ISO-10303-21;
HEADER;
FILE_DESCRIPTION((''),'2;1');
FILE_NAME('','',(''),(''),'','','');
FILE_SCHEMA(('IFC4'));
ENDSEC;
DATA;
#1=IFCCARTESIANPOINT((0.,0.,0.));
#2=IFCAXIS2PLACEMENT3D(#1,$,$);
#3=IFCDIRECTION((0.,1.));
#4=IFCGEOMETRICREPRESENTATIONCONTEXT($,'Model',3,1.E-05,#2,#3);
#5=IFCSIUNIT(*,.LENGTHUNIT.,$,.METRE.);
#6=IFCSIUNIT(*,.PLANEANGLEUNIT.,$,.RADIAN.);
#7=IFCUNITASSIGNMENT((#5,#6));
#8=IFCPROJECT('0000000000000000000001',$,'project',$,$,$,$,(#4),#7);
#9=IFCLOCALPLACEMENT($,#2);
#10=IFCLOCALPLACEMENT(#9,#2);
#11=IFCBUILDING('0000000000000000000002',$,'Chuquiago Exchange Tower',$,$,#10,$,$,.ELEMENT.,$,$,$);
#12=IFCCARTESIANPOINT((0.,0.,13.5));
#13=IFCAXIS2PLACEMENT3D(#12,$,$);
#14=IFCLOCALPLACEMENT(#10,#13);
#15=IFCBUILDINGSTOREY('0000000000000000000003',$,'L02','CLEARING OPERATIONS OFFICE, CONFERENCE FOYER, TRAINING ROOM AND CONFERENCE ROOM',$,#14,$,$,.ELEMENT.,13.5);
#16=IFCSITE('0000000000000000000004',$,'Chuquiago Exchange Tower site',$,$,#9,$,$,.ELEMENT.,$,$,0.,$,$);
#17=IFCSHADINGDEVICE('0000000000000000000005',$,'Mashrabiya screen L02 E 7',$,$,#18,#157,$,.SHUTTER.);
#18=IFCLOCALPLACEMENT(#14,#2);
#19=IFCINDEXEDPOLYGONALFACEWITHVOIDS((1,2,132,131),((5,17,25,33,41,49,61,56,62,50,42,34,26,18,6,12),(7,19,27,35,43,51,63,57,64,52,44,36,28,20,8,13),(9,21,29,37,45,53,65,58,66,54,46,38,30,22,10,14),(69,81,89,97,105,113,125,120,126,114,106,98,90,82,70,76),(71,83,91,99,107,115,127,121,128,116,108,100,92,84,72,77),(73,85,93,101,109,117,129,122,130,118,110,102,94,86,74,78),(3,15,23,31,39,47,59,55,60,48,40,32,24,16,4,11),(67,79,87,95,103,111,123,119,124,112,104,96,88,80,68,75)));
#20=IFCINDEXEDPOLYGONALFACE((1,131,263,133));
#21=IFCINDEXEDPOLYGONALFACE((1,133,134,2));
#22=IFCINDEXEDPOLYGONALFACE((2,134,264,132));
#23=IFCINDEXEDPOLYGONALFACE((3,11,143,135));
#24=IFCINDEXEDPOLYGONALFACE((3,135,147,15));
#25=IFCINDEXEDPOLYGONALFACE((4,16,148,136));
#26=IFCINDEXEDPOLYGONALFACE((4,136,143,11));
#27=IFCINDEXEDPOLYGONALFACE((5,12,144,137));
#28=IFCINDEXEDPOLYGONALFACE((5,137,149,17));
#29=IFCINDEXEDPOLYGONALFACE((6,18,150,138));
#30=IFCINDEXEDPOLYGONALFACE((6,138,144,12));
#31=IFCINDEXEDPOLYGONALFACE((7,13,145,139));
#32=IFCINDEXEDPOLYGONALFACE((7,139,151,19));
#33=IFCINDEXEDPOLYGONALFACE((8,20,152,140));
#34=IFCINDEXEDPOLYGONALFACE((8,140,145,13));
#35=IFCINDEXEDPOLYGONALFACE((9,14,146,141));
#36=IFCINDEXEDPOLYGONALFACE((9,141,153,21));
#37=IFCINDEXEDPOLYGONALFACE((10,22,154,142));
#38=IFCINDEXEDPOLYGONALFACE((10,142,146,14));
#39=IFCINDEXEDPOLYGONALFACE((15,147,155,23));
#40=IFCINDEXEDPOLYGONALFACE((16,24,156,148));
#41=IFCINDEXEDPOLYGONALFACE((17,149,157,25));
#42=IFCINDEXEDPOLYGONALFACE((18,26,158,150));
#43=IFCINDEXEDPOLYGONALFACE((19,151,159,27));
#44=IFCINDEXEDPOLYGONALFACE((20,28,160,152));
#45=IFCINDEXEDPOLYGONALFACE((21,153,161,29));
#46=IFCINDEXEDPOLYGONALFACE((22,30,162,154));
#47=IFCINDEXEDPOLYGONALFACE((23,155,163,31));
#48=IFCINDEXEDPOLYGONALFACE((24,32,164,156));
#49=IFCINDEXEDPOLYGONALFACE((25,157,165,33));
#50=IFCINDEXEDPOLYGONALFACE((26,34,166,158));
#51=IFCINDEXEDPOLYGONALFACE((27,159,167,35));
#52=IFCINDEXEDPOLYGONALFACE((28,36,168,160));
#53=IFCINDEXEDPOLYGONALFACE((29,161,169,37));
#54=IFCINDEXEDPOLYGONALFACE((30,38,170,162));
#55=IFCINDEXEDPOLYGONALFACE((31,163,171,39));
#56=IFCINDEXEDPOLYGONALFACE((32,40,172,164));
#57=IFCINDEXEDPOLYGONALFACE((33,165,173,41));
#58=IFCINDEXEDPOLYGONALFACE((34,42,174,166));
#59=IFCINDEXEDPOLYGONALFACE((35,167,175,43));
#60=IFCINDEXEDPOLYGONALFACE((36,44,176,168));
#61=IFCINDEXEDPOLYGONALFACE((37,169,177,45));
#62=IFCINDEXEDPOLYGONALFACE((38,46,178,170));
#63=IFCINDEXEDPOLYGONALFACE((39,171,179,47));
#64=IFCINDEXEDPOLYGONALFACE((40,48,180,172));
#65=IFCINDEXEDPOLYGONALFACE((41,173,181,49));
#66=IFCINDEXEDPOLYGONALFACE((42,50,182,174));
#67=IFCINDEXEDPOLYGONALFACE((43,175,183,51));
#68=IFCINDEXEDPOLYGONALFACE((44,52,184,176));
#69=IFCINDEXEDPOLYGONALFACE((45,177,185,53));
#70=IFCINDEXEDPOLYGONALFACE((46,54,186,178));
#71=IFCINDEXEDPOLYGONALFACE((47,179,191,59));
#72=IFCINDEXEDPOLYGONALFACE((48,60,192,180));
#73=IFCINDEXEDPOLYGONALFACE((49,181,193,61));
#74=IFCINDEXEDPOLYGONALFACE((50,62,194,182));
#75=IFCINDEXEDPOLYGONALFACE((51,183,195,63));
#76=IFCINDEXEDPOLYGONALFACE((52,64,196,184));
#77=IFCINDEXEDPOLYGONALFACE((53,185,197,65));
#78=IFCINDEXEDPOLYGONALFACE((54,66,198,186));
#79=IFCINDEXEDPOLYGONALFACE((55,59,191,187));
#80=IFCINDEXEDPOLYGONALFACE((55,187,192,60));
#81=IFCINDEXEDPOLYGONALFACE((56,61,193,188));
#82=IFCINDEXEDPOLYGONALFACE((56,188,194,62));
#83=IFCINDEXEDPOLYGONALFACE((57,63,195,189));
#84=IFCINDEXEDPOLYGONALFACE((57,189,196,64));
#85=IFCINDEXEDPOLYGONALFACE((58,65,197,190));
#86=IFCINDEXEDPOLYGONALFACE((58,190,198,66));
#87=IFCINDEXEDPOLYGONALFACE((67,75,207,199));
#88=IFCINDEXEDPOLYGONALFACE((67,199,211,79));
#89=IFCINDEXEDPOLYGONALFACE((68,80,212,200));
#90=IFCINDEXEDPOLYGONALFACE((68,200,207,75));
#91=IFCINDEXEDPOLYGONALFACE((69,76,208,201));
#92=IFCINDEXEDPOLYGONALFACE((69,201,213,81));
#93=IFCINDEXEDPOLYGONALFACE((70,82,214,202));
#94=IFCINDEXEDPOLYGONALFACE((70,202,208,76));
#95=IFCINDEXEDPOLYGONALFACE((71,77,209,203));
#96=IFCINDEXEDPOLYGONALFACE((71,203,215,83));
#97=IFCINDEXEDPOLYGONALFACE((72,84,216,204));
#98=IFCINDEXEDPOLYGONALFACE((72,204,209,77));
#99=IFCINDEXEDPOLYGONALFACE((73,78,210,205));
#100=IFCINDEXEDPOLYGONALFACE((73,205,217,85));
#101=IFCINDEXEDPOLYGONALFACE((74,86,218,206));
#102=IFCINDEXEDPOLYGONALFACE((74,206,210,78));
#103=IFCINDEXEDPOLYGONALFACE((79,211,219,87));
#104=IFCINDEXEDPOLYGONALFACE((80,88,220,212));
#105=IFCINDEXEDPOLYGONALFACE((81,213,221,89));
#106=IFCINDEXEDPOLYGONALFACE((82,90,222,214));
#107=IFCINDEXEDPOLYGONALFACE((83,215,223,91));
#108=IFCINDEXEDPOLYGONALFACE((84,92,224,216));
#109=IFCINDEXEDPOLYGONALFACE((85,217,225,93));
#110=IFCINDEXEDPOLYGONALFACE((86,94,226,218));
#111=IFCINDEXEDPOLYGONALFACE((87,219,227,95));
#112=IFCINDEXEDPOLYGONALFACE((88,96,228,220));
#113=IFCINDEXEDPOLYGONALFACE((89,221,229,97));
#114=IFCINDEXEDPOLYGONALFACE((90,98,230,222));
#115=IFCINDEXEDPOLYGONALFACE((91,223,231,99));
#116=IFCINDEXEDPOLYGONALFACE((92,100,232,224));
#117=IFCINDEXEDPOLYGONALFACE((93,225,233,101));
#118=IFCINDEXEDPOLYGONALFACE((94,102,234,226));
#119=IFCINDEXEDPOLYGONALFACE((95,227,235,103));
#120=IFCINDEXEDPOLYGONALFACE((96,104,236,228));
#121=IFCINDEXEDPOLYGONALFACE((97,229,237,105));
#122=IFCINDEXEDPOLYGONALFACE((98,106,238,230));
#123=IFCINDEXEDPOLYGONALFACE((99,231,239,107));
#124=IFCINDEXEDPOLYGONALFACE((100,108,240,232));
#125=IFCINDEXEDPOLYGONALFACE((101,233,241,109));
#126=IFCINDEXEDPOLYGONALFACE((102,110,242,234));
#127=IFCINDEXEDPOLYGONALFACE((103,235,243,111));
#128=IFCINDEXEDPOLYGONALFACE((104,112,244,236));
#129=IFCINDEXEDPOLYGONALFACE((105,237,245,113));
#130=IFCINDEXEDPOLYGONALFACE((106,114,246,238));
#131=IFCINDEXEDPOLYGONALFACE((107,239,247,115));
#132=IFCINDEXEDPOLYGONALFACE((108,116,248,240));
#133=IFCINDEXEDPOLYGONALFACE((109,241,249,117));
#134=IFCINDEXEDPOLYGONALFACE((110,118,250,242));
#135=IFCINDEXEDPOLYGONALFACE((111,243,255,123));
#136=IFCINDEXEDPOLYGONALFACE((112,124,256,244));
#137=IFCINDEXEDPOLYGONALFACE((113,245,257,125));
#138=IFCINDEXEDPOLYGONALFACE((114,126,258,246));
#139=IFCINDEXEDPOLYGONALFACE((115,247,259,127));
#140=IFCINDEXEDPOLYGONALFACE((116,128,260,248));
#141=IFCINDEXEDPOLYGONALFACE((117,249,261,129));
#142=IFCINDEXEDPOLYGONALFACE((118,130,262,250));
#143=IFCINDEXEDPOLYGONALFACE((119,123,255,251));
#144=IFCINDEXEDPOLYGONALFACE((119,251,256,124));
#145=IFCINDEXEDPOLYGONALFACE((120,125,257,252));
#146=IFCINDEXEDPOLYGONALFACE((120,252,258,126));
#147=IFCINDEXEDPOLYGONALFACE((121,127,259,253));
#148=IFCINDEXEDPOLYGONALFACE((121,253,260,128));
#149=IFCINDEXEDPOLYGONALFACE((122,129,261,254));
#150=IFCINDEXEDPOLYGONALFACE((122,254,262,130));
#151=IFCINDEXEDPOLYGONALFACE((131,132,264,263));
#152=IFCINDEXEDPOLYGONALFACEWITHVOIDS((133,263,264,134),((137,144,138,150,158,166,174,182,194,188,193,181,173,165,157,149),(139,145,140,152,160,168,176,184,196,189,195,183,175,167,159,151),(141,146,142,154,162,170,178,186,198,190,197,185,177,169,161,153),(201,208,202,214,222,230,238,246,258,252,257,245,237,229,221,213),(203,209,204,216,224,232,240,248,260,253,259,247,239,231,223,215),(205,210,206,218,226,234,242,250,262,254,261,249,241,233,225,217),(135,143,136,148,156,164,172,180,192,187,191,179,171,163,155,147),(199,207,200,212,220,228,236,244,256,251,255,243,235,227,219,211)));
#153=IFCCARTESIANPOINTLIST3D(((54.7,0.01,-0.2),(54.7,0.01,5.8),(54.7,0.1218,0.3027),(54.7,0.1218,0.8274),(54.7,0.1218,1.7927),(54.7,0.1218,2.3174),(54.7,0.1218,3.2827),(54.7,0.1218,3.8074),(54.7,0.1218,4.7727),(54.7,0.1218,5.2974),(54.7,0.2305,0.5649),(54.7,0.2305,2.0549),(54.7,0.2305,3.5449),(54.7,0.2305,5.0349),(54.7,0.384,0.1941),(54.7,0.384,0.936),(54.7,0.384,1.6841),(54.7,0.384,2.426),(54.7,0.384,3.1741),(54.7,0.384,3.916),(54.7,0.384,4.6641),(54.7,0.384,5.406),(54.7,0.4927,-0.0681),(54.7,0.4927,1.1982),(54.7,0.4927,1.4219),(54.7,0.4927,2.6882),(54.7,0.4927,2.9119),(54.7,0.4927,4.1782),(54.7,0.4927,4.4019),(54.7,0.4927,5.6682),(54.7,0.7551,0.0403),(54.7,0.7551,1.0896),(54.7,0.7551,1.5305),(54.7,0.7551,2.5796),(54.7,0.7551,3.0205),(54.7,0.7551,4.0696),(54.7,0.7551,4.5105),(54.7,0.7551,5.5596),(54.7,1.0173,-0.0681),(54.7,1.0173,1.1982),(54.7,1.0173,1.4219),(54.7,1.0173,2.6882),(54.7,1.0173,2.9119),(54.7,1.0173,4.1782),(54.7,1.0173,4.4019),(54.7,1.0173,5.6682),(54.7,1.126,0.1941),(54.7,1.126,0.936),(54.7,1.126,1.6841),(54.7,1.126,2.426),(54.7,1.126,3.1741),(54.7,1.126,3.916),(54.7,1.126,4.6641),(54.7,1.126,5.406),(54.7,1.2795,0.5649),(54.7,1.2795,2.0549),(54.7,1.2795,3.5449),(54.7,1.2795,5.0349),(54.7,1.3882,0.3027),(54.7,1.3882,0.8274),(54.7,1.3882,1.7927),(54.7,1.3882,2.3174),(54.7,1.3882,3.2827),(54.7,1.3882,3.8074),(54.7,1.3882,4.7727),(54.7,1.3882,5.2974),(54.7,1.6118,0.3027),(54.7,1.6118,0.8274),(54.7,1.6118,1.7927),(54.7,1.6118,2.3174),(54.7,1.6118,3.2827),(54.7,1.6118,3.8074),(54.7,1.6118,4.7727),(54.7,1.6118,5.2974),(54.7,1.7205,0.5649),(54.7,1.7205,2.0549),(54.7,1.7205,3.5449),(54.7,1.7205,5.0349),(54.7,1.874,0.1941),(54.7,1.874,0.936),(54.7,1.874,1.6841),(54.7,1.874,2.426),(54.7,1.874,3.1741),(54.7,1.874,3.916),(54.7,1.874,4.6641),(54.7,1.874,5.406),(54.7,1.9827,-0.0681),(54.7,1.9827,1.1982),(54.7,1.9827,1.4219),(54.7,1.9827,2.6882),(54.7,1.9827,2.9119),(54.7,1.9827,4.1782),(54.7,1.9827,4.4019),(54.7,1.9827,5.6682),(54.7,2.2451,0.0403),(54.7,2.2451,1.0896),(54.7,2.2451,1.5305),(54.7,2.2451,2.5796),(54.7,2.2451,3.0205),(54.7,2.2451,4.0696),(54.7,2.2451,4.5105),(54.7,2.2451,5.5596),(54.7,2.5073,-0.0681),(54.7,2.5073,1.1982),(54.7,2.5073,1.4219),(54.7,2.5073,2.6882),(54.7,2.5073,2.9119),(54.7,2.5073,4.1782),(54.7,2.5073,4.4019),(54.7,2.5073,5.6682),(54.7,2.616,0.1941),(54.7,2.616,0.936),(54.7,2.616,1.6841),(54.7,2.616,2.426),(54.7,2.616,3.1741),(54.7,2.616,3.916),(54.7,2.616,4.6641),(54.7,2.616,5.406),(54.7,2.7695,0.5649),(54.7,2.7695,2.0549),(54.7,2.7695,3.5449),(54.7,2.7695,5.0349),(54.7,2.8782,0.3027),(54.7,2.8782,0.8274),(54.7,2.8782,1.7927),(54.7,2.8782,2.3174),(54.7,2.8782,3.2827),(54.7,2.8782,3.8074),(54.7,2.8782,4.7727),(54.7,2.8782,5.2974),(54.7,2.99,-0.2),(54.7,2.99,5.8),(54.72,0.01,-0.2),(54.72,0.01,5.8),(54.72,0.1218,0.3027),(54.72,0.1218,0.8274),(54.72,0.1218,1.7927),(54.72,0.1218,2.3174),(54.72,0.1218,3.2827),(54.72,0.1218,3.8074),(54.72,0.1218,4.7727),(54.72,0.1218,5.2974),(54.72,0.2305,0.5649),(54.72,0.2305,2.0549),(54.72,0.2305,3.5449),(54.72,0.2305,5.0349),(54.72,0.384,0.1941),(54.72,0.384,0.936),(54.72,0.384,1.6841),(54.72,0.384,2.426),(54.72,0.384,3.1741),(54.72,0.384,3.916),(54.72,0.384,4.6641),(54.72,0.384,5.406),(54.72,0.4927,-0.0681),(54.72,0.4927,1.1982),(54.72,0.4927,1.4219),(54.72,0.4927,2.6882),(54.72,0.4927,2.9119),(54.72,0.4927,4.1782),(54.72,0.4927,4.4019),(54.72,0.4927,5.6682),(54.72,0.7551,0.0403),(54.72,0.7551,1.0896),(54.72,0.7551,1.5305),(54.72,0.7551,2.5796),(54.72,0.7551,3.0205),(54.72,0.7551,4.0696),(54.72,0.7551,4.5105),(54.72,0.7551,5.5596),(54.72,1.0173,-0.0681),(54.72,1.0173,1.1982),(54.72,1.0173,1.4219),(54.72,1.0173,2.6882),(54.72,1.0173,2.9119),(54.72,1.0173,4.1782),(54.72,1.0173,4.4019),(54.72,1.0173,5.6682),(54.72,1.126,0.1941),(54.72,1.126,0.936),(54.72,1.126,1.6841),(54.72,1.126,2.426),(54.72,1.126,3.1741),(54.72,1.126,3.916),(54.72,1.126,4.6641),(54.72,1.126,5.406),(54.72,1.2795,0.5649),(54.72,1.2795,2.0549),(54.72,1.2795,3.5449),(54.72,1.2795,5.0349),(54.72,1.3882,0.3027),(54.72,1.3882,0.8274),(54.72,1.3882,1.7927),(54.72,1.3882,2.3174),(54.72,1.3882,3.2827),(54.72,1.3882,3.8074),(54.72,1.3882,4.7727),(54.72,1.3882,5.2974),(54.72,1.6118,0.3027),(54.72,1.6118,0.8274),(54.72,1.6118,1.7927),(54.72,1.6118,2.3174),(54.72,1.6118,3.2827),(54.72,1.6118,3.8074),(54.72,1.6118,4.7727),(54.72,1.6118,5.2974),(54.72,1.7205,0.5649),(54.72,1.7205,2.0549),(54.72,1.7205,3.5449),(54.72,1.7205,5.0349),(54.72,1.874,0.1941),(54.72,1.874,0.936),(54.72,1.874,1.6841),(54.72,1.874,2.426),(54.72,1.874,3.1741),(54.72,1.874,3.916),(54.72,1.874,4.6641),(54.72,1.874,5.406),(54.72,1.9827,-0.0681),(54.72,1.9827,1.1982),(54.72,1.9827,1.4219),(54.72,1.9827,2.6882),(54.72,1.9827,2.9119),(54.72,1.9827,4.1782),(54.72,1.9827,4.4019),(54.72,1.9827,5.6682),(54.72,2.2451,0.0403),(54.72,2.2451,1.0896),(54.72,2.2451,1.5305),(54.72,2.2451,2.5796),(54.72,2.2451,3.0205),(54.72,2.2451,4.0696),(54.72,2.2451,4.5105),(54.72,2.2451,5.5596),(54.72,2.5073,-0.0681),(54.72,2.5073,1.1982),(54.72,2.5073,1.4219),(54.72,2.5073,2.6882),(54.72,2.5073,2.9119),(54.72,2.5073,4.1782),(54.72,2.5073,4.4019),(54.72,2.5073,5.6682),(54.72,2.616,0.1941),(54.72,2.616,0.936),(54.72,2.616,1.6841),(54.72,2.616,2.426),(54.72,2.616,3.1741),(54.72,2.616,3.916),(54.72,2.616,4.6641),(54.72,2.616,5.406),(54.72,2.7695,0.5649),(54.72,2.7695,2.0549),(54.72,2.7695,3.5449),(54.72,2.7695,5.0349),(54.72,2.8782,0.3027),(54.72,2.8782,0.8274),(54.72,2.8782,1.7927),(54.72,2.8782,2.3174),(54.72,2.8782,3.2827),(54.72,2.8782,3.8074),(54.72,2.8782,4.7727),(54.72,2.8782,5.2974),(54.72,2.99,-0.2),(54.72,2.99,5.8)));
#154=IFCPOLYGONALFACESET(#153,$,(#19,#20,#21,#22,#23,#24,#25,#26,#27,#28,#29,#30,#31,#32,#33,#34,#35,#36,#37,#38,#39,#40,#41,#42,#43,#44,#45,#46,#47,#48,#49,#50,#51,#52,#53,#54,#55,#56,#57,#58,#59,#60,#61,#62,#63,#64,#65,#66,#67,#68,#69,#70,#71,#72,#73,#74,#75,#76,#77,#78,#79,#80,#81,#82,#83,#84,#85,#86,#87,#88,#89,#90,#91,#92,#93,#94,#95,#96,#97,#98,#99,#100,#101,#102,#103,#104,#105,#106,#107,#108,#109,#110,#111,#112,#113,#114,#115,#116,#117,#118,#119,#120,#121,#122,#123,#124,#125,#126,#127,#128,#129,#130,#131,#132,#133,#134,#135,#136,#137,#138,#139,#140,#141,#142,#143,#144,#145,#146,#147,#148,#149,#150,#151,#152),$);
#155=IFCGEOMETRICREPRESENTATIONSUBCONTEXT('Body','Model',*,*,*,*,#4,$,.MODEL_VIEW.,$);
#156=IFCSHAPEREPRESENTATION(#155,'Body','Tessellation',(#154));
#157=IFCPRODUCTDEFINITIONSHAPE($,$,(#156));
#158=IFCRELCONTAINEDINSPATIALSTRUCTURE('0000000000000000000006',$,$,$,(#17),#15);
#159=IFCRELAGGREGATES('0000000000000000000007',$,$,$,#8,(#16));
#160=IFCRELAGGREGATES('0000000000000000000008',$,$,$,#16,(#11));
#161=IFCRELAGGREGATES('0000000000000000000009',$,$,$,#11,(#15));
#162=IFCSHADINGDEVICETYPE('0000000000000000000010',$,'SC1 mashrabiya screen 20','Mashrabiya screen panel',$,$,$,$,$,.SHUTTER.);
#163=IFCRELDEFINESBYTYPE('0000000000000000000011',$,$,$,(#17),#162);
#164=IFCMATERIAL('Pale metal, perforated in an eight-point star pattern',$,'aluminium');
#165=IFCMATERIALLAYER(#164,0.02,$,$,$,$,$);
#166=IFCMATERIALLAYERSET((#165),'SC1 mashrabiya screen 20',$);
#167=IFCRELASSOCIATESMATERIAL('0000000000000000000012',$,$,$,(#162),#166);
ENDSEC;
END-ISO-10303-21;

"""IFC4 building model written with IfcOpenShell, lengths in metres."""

from ifc_helpers import new_model, si_unit, direction, frame, origin, place, context, subcontext, project, spatial, polyline, outline, extrude, material, layer, layer_set, type_object, element, save


model = new_model("IFC4")

# Units and contexts
model_context = context("Model", 3, precision=1e-05, world=origin(), true_north=direction((0.0, 1.0)))
body_context = subcontext(model_context, "Body", "Model", "MODEL_VIEW")
ifc_project = project(units=[si_unit("LENGTHUNIT", "METRE"), si_unit("PLANEANGLEUNIT", "RADIAN")], contexts=[model_context])

# Site, building, storey
site_placement = place(None, origin())
site = spatial("IfcSite", under=ifc_project, at=site_placement, Name="Chuquiago Exchange Tower site", CompositionType="ELEMENT", RefElevation=0.0)
building_placement = place(site_placement, origin())
building = spatial("IfcBuilding", under=site, at=building_placement, Name="Chuquiago Exchange Tower", CompositionType="ELEMENT")
storey_placement = place(building_placement, frame((0.0, 0.0, 13.5)))
storey = spatial("IfcBuildingStorey", under=building, at=storey_placement, Name="L02", Description="CLEARING OPERATIONS OFFICE, CONFERENCE FOYER, TRAINING ROOM AND CONFERENCE ROOM", CompositionType="ELEMENT", Elevation=13.5)

# Shading device
ifc_material_1 = material(Name="Pale metal, perforated in an eight-point star pattern", Category="aluminium")
ifc_layer_1 = layer(ifc_material_1, 0.02)
ifc_layer_set_1 = layer_set([ifc_layer_1], Name="SC1 mashrabiya screen 20")
shading_device_type = type_object("IfcShadingDeviceType", Name="SC1 mashrabiya screen 20", Description="Mashrabiya screen panel", PredefinedType="SHUTTER", material=ifc_layer_set_1)
shading_device_1_placement = place(storey_placement, frame((54.7, 0.01, -0.2), z_axis=(0.0, 0.0, 1.0), x_axis=(0.0, 1.0, 0.0)))
element("IfcShadingDevice", 1, at=shading_device_1_placement, inside=storey, type_object=shading_device_type, Name="Mashrabiya screen L02 E 7", PredefinedType="SHUTTER", context=body_context, shape_type="SweptSolid", body=[
    extrude(outline(polyline([(0.0, 0.0), (2.98, 0.0), (2.98, 6.0), (0.0, 6.0), (0.0, 0.0)]), holes=[polyline([(1.2695, 0.7649), (1.3782, 1.0273), (1.116, 1.136), (1.0073, 1.3982), (0.7451, 1.2896), (0.4827, 1.3982), (0.374, 1.136), (0.1118, 1.0273), (0.2205, 0.7649), (0.1118, 0.5027), (0.374, 0.394), (0.4827, 0.1318), (0.7451, 0.2402), (1.0073, 0.1318), (1.116, 0.394), (1.3782, 0.5027), (1.2695, 0.7649)]), polyline([(2.7595, 0.7649), (2.8682, 1.0273), (2.606, 1.136), (2.4973, 1.3982), (2.2351, 1.2896), (1.9727, 1.3982), (1.864, 1.136), (1.6018, 1.0273), (1.7104, 0.7649), (1.6018, 0.5027), (1.864, 0.394), (1.9727, 0.1318), (2.2351, 0.2402), (2.4973, 0.1318), (2.606, 0.394), (2.8682, 0.5027), (2.7595, 0.7649)]), polyline([(1.2695, 2.2549), (1.3782, 2.5173), (1.116, 2.626), (1.0073, 2.8882), (0.7451, 2.7795), (0.4827, 2.8882), (0.374, 2.626), (0.1118, 2.5173), (0.2205, 2.2549), (0.1118, 1.9927), (0.374, 1.884), (0.4827, 1.6218), (0.7451, 1.7305), (1.0073, 1.6218), (1.116, 1.884), (1.3782, 1.9927), (1.2695, 2.2549)]), polyline([(2.7595, 2.2549), (2.8682, 2.5173), (2.606, 2.626), (2.4973, 2.8882), (2.2351, 2.7795), (1.9727, 2.8882), (1.864, 2.626), (1.6018, 2.5173), (1.7104, 2.2549), (1.6018, 1.9927), (1.864, 1.884), (1.9727, 1.6218), (2.2351, 1.7305), (2.4973, 1.6218), (2.606, 1.884), (2.8682, 1.9927), (2.7595, 2.2549)]), polyline([(1.2695, 3.7449), (1.3782, 4.0073), (1.116, 4.116), (1.0073, 4.3782), (0.7451, 4.2695), (0.4827, 4.3782), (0.374, 4.116), (0.1118, 4.0073), (0.2205, 3.7449), (0.1118, 3.4827), (0.374, 3.374), (0.4827, 3.1118), (0.7451, 3.2205), (1.0073, 3.1118), (1.116, 3.374), (1.3782, 3.4827), (1.2695, 3.7449)]), polyline([(2.7595, 3.7449), (2.8682, 4.0073), (2.606, 4.116), (2.4973, 4.3782), (2.2351, 4.2695), (1.9727, 4.3782), (1.864, 4.116), (1.6018, 4.0073), (1.7104, 3.7449), (1.6018, 3.4827), (1.864, 3.374), (1.9727, 3.1118), (2.2351, 3.2205), (2.4973, 3.1118), (2.606, 3.374), (2.8682, 3.4827), (2.7595, 3.7449)]), polyline([(1.2695, 5.2349), (1.3782, 5.4973), (1.116, 5.606), (1.0073, 5.8682), (0.7451, 5.7595), (0.4827, 5.8682), (0.374, 5.606), (0.1118, 5.4973), (0.2205, 5.2349), (0.1118, 4.9727), (0.374, 4.864), (0.4827, 4.6018), (0.7451, 4.7104), (1.0073, 4.6018), (1.116, 4.864), (1.3782, 4.9727), (1.2695, 5.2349)]), polyline([(2.7595, 5.2349), (2.8682, 5.4973), (2.606, 5.606), (2.4973, 5.8682), (2.2351, 5.7595), (1.9727, 5.8682), (1.864, 5.606), (1.6018, 5.4973), (1.7104, 5.2349), (1.6018, 4.9727), (1.864, 4.864), (1.9727, 4.6018), (2.2351, 4.7104), (2.4973, 4.6018), (2.606, 4.864), (2.8682, 4.9727), (2.7595, 5.2349)])]), frame((0.0, 0.0, 0.0), z_axis=(0.0, -1.0, 0.0), x_axis=(1.0, 0.0, 0.0)), (0.0, 0.0, 1.0), 0.02),
])

save(model, "model.ifc")
